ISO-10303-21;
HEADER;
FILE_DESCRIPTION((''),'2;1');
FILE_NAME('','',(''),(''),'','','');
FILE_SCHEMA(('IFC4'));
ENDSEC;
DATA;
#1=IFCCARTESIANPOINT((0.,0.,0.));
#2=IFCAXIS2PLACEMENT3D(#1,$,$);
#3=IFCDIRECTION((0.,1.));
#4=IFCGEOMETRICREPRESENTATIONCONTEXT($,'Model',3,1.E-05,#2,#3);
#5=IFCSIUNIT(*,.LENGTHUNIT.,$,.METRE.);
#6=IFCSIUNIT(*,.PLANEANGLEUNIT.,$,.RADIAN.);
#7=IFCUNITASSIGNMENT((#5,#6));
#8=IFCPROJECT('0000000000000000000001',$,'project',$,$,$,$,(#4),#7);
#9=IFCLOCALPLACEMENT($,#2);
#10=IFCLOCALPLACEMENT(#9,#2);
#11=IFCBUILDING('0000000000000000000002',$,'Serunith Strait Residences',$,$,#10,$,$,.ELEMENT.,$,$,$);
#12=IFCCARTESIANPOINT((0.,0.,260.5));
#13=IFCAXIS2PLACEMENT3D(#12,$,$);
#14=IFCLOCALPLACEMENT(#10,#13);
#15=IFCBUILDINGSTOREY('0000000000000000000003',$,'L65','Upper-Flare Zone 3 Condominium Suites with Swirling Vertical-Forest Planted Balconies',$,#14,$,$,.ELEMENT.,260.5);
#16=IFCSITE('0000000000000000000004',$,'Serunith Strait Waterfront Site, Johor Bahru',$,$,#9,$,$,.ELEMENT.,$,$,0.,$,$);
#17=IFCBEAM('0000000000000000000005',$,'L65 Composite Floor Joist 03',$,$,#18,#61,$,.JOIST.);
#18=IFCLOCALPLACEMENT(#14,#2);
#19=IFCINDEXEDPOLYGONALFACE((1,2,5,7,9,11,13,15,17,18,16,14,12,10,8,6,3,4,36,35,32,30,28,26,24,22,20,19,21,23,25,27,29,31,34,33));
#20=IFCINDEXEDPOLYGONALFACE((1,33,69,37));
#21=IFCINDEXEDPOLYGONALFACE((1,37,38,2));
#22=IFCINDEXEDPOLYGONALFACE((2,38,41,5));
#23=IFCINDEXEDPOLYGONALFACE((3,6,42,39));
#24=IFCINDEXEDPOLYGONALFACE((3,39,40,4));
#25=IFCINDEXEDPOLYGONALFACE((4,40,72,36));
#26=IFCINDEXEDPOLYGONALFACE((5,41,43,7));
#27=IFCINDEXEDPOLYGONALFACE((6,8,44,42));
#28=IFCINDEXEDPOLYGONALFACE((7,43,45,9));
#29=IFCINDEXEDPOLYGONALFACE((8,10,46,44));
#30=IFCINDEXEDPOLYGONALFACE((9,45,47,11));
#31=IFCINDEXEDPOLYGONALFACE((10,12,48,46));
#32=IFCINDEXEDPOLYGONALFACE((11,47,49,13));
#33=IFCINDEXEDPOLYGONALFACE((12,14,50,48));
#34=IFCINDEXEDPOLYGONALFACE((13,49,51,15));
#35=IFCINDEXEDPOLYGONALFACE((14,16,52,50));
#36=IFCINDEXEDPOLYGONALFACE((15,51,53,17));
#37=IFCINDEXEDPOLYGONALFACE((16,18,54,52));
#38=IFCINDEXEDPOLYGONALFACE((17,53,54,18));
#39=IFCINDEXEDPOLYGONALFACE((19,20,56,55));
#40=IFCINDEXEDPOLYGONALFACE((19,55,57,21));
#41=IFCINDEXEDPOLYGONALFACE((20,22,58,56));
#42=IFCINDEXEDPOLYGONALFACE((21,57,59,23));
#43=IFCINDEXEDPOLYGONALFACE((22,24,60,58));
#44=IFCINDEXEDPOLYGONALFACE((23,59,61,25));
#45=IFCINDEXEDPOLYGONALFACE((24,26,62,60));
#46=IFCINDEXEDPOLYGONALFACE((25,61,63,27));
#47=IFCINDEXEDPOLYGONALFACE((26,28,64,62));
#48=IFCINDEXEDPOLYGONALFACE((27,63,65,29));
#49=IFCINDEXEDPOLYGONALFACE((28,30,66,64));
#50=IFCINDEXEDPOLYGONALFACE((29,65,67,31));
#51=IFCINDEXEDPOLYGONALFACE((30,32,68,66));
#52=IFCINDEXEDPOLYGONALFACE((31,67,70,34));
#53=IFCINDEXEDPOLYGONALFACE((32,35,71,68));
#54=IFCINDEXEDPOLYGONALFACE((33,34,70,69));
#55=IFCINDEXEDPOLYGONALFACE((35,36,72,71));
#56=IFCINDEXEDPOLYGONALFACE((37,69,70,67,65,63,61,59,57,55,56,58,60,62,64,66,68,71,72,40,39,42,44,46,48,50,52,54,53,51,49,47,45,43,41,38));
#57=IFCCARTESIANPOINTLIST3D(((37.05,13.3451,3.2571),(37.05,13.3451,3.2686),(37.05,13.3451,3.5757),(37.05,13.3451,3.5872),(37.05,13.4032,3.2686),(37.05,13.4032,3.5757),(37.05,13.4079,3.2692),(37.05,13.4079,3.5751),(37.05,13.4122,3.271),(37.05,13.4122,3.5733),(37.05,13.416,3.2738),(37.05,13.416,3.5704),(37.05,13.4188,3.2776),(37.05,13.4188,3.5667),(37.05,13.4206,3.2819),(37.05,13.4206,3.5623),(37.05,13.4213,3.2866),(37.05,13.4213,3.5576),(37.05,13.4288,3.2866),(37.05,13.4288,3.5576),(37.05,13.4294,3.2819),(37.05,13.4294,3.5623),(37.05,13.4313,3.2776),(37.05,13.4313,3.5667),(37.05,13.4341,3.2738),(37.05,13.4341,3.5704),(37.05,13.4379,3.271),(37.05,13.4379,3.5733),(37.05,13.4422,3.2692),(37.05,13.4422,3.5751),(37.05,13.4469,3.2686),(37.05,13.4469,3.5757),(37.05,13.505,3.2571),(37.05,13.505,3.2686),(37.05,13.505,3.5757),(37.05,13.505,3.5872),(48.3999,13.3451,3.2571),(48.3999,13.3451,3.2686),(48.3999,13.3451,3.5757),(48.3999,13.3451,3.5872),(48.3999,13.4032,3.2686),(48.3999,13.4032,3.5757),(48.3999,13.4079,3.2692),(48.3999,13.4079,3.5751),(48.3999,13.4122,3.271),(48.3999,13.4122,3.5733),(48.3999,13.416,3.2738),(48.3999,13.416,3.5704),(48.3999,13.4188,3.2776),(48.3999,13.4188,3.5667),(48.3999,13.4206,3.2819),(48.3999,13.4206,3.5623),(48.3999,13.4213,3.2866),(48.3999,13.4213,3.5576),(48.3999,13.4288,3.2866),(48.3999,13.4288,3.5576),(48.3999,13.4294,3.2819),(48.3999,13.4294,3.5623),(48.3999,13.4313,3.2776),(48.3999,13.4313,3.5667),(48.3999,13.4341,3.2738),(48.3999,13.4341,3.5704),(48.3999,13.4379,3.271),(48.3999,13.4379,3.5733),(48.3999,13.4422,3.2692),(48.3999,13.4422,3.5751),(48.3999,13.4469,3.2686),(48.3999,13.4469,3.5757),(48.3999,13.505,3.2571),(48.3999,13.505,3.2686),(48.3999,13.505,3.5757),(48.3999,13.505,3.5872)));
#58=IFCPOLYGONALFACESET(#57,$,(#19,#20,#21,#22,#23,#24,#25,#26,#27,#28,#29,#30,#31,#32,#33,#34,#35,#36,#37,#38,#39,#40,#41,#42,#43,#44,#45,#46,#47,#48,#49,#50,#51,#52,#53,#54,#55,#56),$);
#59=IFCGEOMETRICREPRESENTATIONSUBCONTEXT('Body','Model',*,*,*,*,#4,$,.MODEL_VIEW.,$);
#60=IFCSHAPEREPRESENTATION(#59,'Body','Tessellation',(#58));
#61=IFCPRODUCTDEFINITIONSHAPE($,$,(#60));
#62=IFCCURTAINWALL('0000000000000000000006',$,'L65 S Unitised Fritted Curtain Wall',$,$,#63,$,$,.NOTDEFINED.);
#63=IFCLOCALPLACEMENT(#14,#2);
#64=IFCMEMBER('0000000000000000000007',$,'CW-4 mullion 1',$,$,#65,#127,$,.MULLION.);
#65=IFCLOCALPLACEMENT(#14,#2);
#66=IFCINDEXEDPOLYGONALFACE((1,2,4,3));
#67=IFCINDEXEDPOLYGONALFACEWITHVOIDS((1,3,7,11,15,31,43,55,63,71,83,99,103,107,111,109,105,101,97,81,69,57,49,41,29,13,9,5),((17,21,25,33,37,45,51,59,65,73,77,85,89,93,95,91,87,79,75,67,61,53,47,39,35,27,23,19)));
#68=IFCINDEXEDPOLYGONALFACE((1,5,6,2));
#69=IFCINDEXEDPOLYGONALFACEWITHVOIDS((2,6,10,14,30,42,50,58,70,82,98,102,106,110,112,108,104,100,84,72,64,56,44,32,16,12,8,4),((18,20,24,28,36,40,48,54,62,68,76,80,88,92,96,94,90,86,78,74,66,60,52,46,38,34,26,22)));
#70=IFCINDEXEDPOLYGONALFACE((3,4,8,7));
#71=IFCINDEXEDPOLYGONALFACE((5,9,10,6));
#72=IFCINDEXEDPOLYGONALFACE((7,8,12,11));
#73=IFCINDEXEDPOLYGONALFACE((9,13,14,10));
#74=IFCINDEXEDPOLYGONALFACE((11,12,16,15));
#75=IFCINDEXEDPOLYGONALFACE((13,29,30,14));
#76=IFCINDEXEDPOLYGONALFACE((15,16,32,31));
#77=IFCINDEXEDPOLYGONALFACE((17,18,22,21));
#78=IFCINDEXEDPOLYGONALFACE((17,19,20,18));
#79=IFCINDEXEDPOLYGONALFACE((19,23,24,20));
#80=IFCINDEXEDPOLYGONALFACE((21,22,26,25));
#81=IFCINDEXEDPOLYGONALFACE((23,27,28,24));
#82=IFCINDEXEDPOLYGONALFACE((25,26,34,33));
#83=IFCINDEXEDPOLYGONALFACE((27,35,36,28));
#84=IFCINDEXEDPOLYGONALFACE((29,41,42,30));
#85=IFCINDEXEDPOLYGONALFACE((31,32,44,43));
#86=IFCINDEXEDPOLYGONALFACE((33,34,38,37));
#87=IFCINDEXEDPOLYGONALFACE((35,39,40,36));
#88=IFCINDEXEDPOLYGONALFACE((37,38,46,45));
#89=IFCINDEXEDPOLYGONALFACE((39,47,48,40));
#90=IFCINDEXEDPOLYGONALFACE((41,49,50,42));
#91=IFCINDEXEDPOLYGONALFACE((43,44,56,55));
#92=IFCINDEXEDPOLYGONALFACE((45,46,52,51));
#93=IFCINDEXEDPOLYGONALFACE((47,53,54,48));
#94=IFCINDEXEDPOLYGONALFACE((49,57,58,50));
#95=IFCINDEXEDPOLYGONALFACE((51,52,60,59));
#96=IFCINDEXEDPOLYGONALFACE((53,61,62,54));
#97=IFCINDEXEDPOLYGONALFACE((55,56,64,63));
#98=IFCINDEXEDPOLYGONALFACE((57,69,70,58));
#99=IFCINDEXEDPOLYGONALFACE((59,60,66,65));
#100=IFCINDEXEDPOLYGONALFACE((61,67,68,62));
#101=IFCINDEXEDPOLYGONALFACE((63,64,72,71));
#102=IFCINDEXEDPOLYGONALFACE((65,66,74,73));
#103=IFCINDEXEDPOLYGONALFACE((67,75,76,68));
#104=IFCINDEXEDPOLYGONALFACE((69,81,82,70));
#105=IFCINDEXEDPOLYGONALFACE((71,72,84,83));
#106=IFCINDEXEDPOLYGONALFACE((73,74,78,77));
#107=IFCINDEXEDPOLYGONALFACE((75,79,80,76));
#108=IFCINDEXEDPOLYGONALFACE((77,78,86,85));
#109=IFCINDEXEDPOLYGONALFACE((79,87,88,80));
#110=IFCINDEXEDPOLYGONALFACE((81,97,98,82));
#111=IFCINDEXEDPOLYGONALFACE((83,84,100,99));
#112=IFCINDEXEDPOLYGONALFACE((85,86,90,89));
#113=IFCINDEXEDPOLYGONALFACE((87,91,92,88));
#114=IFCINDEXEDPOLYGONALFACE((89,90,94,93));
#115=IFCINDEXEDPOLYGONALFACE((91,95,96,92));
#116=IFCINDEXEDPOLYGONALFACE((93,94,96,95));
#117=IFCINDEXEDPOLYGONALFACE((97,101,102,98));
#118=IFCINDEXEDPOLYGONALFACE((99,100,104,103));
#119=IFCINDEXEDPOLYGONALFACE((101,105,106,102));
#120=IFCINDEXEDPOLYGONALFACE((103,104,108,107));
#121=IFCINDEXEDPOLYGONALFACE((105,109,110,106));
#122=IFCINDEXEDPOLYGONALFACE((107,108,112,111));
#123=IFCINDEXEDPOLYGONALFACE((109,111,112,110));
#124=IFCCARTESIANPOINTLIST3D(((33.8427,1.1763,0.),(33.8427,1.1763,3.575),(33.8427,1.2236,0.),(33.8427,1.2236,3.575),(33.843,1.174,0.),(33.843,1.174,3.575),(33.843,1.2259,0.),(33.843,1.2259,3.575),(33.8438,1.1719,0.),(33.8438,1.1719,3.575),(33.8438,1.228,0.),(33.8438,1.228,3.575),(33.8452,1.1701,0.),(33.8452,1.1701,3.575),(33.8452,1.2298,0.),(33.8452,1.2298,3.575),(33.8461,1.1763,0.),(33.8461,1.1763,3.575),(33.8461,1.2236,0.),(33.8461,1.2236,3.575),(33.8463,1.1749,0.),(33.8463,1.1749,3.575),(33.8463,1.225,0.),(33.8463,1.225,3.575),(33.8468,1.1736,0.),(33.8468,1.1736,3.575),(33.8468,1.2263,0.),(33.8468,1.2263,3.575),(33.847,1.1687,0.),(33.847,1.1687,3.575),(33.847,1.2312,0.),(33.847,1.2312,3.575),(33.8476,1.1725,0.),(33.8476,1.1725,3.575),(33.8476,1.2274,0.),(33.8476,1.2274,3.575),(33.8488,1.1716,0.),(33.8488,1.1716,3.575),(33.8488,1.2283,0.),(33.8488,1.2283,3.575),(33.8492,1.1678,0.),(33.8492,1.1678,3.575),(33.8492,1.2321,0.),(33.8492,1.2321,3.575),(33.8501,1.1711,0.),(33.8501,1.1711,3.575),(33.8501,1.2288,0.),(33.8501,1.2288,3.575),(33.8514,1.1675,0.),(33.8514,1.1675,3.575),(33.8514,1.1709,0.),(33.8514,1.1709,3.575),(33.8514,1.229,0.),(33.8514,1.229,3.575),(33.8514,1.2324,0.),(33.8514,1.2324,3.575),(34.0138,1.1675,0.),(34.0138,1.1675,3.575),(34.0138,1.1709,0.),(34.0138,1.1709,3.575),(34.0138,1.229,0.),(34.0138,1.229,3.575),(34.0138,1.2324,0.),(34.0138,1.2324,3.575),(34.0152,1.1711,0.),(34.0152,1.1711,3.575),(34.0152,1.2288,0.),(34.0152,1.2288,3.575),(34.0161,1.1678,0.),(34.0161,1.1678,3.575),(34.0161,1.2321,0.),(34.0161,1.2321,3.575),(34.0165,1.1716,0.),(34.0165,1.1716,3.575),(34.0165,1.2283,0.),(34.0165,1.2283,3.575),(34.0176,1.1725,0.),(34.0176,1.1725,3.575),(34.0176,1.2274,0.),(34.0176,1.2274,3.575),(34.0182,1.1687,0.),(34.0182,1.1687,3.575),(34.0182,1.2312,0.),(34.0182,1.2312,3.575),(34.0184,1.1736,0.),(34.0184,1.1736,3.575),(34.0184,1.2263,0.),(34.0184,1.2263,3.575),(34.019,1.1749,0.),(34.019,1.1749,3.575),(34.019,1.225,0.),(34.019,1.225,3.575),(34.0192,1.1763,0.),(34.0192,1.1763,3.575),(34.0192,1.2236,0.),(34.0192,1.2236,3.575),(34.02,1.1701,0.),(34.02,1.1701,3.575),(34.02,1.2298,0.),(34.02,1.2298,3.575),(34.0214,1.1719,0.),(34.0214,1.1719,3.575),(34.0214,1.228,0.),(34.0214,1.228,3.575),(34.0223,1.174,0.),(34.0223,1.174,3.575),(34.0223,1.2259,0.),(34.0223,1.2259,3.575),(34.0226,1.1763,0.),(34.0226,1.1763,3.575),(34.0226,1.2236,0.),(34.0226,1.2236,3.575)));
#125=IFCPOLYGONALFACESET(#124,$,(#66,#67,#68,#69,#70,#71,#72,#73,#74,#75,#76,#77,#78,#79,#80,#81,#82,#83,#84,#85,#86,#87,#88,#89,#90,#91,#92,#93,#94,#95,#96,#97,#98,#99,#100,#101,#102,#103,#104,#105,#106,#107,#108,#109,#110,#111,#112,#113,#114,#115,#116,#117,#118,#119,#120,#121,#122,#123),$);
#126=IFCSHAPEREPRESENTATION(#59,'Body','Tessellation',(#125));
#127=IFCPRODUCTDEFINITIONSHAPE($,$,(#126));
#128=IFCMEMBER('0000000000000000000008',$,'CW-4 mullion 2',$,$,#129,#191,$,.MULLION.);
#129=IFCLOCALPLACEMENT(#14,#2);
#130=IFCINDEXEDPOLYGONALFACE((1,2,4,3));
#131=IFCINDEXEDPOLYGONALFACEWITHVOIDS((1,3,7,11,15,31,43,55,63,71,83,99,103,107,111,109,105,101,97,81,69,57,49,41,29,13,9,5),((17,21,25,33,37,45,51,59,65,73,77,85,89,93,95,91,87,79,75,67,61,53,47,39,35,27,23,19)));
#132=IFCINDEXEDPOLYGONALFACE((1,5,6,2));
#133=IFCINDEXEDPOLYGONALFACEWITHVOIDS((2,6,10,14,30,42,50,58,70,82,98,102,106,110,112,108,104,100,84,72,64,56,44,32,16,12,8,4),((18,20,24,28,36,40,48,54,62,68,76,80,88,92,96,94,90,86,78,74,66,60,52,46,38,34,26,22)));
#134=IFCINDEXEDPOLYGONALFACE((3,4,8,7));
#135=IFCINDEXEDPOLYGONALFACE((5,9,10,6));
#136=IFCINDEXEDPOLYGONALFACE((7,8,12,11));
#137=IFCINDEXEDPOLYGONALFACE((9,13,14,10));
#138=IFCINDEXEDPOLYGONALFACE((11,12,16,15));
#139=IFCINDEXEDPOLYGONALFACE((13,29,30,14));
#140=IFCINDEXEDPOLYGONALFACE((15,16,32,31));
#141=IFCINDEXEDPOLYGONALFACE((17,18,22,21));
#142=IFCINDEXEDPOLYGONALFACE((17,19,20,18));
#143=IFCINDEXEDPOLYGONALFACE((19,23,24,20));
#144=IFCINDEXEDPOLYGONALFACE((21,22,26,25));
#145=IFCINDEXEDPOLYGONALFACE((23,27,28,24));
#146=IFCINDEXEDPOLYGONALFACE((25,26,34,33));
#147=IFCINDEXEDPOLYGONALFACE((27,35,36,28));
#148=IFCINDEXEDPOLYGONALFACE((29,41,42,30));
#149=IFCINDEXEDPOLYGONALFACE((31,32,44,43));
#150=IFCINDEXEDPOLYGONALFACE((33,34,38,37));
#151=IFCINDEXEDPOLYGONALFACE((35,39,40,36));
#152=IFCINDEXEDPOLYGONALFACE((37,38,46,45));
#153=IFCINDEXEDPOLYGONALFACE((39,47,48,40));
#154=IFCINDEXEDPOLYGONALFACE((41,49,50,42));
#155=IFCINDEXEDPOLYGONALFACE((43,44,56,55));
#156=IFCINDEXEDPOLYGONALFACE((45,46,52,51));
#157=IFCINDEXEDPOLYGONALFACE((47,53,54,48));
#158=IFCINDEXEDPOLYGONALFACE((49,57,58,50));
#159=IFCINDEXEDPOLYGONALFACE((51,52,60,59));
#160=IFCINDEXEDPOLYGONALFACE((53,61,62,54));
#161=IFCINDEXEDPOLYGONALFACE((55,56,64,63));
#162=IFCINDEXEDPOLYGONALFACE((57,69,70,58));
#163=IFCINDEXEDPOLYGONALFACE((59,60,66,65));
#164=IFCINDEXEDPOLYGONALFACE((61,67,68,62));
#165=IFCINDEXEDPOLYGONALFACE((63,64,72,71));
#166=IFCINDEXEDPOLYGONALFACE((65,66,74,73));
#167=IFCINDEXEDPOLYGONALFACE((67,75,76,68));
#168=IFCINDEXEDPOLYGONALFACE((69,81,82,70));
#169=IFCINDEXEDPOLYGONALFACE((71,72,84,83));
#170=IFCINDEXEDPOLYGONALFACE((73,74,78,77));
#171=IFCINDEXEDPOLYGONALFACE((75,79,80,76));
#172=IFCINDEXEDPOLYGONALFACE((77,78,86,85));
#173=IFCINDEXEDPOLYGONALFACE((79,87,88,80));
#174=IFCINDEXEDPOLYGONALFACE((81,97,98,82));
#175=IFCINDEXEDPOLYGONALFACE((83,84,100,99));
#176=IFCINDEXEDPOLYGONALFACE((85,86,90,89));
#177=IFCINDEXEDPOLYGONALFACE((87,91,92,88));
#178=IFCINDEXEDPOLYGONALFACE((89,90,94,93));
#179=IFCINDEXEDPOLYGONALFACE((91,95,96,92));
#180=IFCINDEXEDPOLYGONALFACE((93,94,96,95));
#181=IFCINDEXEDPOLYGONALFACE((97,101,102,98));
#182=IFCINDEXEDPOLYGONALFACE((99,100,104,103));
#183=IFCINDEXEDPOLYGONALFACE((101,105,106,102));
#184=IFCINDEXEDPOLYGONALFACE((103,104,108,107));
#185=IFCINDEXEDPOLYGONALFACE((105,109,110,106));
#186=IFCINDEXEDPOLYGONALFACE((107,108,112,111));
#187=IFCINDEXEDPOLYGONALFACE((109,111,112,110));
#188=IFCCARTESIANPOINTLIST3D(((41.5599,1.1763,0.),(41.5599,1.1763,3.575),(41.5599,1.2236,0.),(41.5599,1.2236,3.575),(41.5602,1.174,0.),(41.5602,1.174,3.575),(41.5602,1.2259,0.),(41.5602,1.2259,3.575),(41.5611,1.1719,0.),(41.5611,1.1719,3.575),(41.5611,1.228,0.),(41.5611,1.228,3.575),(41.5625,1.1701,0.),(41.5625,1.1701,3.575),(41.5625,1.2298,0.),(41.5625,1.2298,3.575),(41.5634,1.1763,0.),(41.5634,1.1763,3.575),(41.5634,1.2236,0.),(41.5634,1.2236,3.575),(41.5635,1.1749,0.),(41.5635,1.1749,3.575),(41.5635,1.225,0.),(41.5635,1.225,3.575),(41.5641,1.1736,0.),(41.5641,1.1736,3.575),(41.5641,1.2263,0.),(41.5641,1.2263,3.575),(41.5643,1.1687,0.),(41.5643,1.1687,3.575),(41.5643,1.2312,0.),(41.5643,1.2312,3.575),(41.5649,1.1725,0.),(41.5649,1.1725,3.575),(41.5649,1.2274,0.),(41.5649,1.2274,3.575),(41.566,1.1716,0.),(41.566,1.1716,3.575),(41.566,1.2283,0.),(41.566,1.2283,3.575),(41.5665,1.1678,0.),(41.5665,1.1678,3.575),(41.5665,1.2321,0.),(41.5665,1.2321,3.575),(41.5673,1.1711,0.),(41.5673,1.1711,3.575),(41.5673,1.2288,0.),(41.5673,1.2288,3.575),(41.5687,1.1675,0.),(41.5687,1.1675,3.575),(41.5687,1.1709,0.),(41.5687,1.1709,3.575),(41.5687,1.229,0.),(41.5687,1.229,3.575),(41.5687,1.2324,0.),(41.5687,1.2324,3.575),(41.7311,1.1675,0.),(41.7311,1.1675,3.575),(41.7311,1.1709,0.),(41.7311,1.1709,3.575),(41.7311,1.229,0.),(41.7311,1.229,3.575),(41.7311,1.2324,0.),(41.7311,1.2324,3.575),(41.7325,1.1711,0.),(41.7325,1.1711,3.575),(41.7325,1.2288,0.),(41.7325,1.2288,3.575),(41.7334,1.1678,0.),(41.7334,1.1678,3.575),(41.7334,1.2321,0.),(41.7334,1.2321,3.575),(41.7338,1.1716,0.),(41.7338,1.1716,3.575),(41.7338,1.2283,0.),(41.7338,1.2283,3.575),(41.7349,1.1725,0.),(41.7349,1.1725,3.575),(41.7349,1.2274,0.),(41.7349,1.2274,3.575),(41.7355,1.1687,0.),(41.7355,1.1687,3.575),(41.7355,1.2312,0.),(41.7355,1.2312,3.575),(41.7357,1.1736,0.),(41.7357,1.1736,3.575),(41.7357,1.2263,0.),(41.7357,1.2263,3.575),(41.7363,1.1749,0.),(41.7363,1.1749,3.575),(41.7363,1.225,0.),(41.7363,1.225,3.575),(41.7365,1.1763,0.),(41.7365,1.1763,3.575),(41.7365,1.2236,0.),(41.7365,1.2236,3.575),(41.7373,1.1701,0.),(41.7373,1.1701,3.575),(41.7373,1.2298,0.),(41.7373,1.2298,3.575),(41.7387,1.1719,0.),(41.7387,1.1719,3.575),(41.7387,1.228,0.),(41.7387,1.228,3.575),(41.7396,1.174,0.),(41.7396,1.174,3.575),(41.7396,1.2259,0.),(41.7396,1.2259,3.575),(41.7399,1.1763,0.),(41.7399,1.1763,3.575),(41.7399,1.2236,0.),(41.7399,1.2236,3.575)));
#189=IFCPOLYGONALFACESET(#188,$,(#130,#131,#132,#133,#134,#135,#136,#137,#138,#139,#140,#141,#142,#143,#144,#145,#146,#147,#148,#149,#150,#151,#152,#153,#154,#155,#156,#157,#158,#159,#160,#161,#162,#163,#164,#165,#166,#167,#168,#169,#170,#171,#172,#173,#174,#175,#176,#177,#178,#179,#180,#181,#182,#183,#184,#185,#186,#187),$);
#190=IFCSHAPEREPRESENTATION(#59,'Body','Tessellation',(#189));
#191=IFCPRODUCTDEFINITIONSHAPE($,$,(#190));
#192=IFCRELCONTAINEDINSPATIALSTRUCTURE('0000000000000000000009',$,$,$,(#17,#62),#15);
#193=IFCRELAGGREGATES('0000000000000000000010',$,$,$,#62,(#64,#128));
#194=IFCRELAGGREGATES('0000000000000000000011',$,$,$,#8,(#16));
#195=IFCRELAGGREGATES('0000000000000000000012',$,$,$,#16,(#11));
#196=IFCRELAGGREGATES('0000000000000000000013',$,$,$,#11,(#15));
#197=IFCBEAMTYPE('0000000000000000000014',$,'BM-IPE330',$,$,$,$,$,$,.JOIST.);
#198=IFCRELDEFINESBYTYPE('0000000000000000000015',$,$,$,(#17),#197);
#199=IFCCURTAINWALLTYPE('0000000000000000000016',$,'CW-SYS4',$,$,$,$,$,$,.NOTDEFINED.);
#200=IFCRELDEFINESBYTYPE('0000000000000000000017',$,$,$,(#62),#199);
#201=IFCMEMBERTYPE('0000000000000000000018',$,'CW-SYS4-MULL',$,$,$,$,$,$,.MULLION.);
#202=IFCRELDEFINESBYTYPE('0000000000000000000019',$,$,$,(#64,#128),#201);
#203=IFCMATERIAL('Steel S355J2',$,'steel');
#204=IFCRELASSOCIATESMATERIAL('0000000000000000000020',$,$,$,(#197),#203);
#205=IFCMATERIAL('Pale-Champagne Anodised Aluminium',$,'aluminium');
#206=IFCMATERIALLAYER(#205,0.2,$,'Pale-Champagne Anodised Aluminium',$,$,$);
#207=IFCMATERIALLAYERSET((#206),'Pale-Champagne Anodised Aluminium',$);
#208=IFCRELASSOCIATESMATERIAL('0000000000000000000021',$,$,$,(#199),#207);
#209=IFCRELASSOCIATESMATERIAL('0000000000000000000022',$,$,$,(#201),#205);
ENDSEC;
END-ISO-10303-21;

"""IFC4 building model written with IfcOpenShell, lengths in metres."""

from ifc_helpers import new_model, si_unit, direction, frame, origin, origin_2d, place, context, subcontext, project, spatial, hollow_rectangle, i_section, extrude, source, transform, mapped, material, layer, layer_set, material_profile, profile_set, type_object, element, aggregate, save


model = new_model("IFC4")

# Units and contexts
model_context = context("Model", 3, precision=1e-05, world=origin(), true_north=direction((0.0, 1.0)))
body_context = subcontext(model_context, "Body", "Model", "MODEL_VIEW")
ifc_project = project(units=[si_unit("LENGTHUNIT", "METRE"), si_unit("PLANEANGLEUNIT", "RADIAN")], contexts=[model_context])

# Site, building, storey
site_placement = place(None, origin())
site = spatial("IfcSite", under=ifc_project, at=site_placement, Name="Serunith Strait Waterfront Site, Johor Bahru", CompositionType="ELEMENT", RefElevation=0.0)
building_placement = place(site_placement, origin())
building = spatial("IfcBuilding", under=site, at=building_placement, Name="Serunith Strait Residences", CompositionType="ELEMENT")
storey_placement = place(building_placement, frame((0.0, 0.0, 260.5)))
storey = spatial("IfcBuildingStorey", under=building, at=storey_placement, Name="L65", Description="Upper-Flare Zone 3 Condominium Suites with Swirling Vertical-Forest Planted Balconies", CompositionType="ELEMENT", Elevation=260.5)

# Beam
ifc_material_1 = material(Name="Steel S355J2", Category="steel")
ifc_material_profile_1 = material_profile(ifc_material_1, i_section(OverallWidth=0.1599, OverallDepth=0.3301, WebThickness=0.0076, FlangeThickness=0.0115, FilletRadius=0.0181, at=origin_2d()), Name="IPE 330")
ifc_profile_set_1 = profile_set([ifc_material_profile_1], Name="Steel S355J2")
beam_type_1 = type_object("IfcBeamType", Name="BM-IPE330", PredefinedType="JOIST", material=ifc_profile_set_1)
shared_shape_1 = source(origin(), body_context, "Body", "SweptSolid", [
    extrude(i_section(OverallWidth=0.1599, OverallDepth=0.3301, WebThickness=0.0076, FlangeThickness=0.0115, FilletRadius=0.0181, at=origin_2d()), origin(), (0.0, 0.0, 1.0), 11.3499),
])
beam_1_placement = place(storey_placement, frame((37.05, 13.425, 3.4221), z_axis=(1.0, 0.0, 0.0), x_axis=(0.0, 1.0, 0.0)))
element("IfcBeam", 1, at=beam_1_placement, inside=storey, type_object=beam_type_1, Name="L65 Composite Floor Joist 03", PredefinedType="JOIST", context=body_context, shape_type="MappedRepresentation", body=[
    mapped(shared_shape_1, transform((0.0, 0.0, 0.0), scale=1.0)),
])

# Curtain wall, members
ifc_material_2 = material(Name="Pale-Champagne Anodised Aluminium", Category="aluminium")
ifc_layer_1 = layer(ifc_material_2, 0.2, Name="Pale-Champagne Anodised Aluminium")
ifc_layer_set_1 = layer_set([ifc_layer_1], Name="Pale-Champagne Anodised Aluminium")
curtain_wall_type = type_object("IfcCurtainWallType", Name="CW-SYS4", PredefinedType="NOTDEFINED", material=ifc_layer_set_1)
curtain_wall_placement = place(storey_placement, origin())
curtain_wall = element("IfcCurtainWall", 2, at=curtain_wall_placement, inside=storey, type_object=curtain_wall_type, Name="L65 S Unitised Fritted Curtain Wall", PredefinedType="NOTDEFINED")
ifc_material_profile_2 = material_profile(ifc_material_2, hollow_rectangle(XDim=0.0649, YDim=0.1799, WallThickness=0.0034, InnerFilletRadius=0.0054, OuterFilletRadius=0.0088, at=origin_2d()), Name="ALU 180x65x3.5")
ifc_profile_set_2 = profile_set([ifc_material_profile_2], Name="Pale-Champagne Anodised Aluminium")
member_type_1 = type_object("IfcMemberType", Name="CW-SYS4-MULL", PredefinedType="MULLION", material=ifc_profile_set_2)
shared_shape_2 = source(origin(), body_context, "Body", "SweptSolid", [
    extrude(hollow_rectangle(XDim=0.0649, YDim=0.1799, WallThickness=0.0034, InnerFilletRadius=0.0054, OuterFilletRadius=0.0088, at=origin_2d()), origin(), (0.0, 0.0, 1.0), 3.575),
])
member_1_placement = place(storey_placement, frame((33.9326, 1.2, 0.0), z_axis=(0.0, 0.0, 1.0), x_axis=(0.0, 1.0, 0.0)))
member_1 = element("IfcMember", 3, at=member_1_placement, type_object=member_type_1, Name="CW-4 mullion 1", PredefinedType="MULLION", context=body_context, shape_type="MappedRepresentation", body=[
    mapped(shared_shape_2, transform((0.0, 0.0, 0.0), scale=1.0)),
])
member_2_placement = place(storey_placement, frame((41.6499, 1.2, 0.0), z_axis=(0.0, 0.0, 1.0), x_axis=(0.0, 1.0, 0.0)))
member_2 = element("IfcMember", 4, at=member_2_placement, type_object=member_type_1, Name="CW-4 mullion 2", PredefinedType="MULLION", context=body_context, shape_type="MappedRepresentation", body=[
    mapped(shared_shape_2, transform((0.0, 0.0, 0.0), scale=1.0)),
])
aggregate(curtain_wall, [member_1, member_2])

save(model, "model.ifc")
